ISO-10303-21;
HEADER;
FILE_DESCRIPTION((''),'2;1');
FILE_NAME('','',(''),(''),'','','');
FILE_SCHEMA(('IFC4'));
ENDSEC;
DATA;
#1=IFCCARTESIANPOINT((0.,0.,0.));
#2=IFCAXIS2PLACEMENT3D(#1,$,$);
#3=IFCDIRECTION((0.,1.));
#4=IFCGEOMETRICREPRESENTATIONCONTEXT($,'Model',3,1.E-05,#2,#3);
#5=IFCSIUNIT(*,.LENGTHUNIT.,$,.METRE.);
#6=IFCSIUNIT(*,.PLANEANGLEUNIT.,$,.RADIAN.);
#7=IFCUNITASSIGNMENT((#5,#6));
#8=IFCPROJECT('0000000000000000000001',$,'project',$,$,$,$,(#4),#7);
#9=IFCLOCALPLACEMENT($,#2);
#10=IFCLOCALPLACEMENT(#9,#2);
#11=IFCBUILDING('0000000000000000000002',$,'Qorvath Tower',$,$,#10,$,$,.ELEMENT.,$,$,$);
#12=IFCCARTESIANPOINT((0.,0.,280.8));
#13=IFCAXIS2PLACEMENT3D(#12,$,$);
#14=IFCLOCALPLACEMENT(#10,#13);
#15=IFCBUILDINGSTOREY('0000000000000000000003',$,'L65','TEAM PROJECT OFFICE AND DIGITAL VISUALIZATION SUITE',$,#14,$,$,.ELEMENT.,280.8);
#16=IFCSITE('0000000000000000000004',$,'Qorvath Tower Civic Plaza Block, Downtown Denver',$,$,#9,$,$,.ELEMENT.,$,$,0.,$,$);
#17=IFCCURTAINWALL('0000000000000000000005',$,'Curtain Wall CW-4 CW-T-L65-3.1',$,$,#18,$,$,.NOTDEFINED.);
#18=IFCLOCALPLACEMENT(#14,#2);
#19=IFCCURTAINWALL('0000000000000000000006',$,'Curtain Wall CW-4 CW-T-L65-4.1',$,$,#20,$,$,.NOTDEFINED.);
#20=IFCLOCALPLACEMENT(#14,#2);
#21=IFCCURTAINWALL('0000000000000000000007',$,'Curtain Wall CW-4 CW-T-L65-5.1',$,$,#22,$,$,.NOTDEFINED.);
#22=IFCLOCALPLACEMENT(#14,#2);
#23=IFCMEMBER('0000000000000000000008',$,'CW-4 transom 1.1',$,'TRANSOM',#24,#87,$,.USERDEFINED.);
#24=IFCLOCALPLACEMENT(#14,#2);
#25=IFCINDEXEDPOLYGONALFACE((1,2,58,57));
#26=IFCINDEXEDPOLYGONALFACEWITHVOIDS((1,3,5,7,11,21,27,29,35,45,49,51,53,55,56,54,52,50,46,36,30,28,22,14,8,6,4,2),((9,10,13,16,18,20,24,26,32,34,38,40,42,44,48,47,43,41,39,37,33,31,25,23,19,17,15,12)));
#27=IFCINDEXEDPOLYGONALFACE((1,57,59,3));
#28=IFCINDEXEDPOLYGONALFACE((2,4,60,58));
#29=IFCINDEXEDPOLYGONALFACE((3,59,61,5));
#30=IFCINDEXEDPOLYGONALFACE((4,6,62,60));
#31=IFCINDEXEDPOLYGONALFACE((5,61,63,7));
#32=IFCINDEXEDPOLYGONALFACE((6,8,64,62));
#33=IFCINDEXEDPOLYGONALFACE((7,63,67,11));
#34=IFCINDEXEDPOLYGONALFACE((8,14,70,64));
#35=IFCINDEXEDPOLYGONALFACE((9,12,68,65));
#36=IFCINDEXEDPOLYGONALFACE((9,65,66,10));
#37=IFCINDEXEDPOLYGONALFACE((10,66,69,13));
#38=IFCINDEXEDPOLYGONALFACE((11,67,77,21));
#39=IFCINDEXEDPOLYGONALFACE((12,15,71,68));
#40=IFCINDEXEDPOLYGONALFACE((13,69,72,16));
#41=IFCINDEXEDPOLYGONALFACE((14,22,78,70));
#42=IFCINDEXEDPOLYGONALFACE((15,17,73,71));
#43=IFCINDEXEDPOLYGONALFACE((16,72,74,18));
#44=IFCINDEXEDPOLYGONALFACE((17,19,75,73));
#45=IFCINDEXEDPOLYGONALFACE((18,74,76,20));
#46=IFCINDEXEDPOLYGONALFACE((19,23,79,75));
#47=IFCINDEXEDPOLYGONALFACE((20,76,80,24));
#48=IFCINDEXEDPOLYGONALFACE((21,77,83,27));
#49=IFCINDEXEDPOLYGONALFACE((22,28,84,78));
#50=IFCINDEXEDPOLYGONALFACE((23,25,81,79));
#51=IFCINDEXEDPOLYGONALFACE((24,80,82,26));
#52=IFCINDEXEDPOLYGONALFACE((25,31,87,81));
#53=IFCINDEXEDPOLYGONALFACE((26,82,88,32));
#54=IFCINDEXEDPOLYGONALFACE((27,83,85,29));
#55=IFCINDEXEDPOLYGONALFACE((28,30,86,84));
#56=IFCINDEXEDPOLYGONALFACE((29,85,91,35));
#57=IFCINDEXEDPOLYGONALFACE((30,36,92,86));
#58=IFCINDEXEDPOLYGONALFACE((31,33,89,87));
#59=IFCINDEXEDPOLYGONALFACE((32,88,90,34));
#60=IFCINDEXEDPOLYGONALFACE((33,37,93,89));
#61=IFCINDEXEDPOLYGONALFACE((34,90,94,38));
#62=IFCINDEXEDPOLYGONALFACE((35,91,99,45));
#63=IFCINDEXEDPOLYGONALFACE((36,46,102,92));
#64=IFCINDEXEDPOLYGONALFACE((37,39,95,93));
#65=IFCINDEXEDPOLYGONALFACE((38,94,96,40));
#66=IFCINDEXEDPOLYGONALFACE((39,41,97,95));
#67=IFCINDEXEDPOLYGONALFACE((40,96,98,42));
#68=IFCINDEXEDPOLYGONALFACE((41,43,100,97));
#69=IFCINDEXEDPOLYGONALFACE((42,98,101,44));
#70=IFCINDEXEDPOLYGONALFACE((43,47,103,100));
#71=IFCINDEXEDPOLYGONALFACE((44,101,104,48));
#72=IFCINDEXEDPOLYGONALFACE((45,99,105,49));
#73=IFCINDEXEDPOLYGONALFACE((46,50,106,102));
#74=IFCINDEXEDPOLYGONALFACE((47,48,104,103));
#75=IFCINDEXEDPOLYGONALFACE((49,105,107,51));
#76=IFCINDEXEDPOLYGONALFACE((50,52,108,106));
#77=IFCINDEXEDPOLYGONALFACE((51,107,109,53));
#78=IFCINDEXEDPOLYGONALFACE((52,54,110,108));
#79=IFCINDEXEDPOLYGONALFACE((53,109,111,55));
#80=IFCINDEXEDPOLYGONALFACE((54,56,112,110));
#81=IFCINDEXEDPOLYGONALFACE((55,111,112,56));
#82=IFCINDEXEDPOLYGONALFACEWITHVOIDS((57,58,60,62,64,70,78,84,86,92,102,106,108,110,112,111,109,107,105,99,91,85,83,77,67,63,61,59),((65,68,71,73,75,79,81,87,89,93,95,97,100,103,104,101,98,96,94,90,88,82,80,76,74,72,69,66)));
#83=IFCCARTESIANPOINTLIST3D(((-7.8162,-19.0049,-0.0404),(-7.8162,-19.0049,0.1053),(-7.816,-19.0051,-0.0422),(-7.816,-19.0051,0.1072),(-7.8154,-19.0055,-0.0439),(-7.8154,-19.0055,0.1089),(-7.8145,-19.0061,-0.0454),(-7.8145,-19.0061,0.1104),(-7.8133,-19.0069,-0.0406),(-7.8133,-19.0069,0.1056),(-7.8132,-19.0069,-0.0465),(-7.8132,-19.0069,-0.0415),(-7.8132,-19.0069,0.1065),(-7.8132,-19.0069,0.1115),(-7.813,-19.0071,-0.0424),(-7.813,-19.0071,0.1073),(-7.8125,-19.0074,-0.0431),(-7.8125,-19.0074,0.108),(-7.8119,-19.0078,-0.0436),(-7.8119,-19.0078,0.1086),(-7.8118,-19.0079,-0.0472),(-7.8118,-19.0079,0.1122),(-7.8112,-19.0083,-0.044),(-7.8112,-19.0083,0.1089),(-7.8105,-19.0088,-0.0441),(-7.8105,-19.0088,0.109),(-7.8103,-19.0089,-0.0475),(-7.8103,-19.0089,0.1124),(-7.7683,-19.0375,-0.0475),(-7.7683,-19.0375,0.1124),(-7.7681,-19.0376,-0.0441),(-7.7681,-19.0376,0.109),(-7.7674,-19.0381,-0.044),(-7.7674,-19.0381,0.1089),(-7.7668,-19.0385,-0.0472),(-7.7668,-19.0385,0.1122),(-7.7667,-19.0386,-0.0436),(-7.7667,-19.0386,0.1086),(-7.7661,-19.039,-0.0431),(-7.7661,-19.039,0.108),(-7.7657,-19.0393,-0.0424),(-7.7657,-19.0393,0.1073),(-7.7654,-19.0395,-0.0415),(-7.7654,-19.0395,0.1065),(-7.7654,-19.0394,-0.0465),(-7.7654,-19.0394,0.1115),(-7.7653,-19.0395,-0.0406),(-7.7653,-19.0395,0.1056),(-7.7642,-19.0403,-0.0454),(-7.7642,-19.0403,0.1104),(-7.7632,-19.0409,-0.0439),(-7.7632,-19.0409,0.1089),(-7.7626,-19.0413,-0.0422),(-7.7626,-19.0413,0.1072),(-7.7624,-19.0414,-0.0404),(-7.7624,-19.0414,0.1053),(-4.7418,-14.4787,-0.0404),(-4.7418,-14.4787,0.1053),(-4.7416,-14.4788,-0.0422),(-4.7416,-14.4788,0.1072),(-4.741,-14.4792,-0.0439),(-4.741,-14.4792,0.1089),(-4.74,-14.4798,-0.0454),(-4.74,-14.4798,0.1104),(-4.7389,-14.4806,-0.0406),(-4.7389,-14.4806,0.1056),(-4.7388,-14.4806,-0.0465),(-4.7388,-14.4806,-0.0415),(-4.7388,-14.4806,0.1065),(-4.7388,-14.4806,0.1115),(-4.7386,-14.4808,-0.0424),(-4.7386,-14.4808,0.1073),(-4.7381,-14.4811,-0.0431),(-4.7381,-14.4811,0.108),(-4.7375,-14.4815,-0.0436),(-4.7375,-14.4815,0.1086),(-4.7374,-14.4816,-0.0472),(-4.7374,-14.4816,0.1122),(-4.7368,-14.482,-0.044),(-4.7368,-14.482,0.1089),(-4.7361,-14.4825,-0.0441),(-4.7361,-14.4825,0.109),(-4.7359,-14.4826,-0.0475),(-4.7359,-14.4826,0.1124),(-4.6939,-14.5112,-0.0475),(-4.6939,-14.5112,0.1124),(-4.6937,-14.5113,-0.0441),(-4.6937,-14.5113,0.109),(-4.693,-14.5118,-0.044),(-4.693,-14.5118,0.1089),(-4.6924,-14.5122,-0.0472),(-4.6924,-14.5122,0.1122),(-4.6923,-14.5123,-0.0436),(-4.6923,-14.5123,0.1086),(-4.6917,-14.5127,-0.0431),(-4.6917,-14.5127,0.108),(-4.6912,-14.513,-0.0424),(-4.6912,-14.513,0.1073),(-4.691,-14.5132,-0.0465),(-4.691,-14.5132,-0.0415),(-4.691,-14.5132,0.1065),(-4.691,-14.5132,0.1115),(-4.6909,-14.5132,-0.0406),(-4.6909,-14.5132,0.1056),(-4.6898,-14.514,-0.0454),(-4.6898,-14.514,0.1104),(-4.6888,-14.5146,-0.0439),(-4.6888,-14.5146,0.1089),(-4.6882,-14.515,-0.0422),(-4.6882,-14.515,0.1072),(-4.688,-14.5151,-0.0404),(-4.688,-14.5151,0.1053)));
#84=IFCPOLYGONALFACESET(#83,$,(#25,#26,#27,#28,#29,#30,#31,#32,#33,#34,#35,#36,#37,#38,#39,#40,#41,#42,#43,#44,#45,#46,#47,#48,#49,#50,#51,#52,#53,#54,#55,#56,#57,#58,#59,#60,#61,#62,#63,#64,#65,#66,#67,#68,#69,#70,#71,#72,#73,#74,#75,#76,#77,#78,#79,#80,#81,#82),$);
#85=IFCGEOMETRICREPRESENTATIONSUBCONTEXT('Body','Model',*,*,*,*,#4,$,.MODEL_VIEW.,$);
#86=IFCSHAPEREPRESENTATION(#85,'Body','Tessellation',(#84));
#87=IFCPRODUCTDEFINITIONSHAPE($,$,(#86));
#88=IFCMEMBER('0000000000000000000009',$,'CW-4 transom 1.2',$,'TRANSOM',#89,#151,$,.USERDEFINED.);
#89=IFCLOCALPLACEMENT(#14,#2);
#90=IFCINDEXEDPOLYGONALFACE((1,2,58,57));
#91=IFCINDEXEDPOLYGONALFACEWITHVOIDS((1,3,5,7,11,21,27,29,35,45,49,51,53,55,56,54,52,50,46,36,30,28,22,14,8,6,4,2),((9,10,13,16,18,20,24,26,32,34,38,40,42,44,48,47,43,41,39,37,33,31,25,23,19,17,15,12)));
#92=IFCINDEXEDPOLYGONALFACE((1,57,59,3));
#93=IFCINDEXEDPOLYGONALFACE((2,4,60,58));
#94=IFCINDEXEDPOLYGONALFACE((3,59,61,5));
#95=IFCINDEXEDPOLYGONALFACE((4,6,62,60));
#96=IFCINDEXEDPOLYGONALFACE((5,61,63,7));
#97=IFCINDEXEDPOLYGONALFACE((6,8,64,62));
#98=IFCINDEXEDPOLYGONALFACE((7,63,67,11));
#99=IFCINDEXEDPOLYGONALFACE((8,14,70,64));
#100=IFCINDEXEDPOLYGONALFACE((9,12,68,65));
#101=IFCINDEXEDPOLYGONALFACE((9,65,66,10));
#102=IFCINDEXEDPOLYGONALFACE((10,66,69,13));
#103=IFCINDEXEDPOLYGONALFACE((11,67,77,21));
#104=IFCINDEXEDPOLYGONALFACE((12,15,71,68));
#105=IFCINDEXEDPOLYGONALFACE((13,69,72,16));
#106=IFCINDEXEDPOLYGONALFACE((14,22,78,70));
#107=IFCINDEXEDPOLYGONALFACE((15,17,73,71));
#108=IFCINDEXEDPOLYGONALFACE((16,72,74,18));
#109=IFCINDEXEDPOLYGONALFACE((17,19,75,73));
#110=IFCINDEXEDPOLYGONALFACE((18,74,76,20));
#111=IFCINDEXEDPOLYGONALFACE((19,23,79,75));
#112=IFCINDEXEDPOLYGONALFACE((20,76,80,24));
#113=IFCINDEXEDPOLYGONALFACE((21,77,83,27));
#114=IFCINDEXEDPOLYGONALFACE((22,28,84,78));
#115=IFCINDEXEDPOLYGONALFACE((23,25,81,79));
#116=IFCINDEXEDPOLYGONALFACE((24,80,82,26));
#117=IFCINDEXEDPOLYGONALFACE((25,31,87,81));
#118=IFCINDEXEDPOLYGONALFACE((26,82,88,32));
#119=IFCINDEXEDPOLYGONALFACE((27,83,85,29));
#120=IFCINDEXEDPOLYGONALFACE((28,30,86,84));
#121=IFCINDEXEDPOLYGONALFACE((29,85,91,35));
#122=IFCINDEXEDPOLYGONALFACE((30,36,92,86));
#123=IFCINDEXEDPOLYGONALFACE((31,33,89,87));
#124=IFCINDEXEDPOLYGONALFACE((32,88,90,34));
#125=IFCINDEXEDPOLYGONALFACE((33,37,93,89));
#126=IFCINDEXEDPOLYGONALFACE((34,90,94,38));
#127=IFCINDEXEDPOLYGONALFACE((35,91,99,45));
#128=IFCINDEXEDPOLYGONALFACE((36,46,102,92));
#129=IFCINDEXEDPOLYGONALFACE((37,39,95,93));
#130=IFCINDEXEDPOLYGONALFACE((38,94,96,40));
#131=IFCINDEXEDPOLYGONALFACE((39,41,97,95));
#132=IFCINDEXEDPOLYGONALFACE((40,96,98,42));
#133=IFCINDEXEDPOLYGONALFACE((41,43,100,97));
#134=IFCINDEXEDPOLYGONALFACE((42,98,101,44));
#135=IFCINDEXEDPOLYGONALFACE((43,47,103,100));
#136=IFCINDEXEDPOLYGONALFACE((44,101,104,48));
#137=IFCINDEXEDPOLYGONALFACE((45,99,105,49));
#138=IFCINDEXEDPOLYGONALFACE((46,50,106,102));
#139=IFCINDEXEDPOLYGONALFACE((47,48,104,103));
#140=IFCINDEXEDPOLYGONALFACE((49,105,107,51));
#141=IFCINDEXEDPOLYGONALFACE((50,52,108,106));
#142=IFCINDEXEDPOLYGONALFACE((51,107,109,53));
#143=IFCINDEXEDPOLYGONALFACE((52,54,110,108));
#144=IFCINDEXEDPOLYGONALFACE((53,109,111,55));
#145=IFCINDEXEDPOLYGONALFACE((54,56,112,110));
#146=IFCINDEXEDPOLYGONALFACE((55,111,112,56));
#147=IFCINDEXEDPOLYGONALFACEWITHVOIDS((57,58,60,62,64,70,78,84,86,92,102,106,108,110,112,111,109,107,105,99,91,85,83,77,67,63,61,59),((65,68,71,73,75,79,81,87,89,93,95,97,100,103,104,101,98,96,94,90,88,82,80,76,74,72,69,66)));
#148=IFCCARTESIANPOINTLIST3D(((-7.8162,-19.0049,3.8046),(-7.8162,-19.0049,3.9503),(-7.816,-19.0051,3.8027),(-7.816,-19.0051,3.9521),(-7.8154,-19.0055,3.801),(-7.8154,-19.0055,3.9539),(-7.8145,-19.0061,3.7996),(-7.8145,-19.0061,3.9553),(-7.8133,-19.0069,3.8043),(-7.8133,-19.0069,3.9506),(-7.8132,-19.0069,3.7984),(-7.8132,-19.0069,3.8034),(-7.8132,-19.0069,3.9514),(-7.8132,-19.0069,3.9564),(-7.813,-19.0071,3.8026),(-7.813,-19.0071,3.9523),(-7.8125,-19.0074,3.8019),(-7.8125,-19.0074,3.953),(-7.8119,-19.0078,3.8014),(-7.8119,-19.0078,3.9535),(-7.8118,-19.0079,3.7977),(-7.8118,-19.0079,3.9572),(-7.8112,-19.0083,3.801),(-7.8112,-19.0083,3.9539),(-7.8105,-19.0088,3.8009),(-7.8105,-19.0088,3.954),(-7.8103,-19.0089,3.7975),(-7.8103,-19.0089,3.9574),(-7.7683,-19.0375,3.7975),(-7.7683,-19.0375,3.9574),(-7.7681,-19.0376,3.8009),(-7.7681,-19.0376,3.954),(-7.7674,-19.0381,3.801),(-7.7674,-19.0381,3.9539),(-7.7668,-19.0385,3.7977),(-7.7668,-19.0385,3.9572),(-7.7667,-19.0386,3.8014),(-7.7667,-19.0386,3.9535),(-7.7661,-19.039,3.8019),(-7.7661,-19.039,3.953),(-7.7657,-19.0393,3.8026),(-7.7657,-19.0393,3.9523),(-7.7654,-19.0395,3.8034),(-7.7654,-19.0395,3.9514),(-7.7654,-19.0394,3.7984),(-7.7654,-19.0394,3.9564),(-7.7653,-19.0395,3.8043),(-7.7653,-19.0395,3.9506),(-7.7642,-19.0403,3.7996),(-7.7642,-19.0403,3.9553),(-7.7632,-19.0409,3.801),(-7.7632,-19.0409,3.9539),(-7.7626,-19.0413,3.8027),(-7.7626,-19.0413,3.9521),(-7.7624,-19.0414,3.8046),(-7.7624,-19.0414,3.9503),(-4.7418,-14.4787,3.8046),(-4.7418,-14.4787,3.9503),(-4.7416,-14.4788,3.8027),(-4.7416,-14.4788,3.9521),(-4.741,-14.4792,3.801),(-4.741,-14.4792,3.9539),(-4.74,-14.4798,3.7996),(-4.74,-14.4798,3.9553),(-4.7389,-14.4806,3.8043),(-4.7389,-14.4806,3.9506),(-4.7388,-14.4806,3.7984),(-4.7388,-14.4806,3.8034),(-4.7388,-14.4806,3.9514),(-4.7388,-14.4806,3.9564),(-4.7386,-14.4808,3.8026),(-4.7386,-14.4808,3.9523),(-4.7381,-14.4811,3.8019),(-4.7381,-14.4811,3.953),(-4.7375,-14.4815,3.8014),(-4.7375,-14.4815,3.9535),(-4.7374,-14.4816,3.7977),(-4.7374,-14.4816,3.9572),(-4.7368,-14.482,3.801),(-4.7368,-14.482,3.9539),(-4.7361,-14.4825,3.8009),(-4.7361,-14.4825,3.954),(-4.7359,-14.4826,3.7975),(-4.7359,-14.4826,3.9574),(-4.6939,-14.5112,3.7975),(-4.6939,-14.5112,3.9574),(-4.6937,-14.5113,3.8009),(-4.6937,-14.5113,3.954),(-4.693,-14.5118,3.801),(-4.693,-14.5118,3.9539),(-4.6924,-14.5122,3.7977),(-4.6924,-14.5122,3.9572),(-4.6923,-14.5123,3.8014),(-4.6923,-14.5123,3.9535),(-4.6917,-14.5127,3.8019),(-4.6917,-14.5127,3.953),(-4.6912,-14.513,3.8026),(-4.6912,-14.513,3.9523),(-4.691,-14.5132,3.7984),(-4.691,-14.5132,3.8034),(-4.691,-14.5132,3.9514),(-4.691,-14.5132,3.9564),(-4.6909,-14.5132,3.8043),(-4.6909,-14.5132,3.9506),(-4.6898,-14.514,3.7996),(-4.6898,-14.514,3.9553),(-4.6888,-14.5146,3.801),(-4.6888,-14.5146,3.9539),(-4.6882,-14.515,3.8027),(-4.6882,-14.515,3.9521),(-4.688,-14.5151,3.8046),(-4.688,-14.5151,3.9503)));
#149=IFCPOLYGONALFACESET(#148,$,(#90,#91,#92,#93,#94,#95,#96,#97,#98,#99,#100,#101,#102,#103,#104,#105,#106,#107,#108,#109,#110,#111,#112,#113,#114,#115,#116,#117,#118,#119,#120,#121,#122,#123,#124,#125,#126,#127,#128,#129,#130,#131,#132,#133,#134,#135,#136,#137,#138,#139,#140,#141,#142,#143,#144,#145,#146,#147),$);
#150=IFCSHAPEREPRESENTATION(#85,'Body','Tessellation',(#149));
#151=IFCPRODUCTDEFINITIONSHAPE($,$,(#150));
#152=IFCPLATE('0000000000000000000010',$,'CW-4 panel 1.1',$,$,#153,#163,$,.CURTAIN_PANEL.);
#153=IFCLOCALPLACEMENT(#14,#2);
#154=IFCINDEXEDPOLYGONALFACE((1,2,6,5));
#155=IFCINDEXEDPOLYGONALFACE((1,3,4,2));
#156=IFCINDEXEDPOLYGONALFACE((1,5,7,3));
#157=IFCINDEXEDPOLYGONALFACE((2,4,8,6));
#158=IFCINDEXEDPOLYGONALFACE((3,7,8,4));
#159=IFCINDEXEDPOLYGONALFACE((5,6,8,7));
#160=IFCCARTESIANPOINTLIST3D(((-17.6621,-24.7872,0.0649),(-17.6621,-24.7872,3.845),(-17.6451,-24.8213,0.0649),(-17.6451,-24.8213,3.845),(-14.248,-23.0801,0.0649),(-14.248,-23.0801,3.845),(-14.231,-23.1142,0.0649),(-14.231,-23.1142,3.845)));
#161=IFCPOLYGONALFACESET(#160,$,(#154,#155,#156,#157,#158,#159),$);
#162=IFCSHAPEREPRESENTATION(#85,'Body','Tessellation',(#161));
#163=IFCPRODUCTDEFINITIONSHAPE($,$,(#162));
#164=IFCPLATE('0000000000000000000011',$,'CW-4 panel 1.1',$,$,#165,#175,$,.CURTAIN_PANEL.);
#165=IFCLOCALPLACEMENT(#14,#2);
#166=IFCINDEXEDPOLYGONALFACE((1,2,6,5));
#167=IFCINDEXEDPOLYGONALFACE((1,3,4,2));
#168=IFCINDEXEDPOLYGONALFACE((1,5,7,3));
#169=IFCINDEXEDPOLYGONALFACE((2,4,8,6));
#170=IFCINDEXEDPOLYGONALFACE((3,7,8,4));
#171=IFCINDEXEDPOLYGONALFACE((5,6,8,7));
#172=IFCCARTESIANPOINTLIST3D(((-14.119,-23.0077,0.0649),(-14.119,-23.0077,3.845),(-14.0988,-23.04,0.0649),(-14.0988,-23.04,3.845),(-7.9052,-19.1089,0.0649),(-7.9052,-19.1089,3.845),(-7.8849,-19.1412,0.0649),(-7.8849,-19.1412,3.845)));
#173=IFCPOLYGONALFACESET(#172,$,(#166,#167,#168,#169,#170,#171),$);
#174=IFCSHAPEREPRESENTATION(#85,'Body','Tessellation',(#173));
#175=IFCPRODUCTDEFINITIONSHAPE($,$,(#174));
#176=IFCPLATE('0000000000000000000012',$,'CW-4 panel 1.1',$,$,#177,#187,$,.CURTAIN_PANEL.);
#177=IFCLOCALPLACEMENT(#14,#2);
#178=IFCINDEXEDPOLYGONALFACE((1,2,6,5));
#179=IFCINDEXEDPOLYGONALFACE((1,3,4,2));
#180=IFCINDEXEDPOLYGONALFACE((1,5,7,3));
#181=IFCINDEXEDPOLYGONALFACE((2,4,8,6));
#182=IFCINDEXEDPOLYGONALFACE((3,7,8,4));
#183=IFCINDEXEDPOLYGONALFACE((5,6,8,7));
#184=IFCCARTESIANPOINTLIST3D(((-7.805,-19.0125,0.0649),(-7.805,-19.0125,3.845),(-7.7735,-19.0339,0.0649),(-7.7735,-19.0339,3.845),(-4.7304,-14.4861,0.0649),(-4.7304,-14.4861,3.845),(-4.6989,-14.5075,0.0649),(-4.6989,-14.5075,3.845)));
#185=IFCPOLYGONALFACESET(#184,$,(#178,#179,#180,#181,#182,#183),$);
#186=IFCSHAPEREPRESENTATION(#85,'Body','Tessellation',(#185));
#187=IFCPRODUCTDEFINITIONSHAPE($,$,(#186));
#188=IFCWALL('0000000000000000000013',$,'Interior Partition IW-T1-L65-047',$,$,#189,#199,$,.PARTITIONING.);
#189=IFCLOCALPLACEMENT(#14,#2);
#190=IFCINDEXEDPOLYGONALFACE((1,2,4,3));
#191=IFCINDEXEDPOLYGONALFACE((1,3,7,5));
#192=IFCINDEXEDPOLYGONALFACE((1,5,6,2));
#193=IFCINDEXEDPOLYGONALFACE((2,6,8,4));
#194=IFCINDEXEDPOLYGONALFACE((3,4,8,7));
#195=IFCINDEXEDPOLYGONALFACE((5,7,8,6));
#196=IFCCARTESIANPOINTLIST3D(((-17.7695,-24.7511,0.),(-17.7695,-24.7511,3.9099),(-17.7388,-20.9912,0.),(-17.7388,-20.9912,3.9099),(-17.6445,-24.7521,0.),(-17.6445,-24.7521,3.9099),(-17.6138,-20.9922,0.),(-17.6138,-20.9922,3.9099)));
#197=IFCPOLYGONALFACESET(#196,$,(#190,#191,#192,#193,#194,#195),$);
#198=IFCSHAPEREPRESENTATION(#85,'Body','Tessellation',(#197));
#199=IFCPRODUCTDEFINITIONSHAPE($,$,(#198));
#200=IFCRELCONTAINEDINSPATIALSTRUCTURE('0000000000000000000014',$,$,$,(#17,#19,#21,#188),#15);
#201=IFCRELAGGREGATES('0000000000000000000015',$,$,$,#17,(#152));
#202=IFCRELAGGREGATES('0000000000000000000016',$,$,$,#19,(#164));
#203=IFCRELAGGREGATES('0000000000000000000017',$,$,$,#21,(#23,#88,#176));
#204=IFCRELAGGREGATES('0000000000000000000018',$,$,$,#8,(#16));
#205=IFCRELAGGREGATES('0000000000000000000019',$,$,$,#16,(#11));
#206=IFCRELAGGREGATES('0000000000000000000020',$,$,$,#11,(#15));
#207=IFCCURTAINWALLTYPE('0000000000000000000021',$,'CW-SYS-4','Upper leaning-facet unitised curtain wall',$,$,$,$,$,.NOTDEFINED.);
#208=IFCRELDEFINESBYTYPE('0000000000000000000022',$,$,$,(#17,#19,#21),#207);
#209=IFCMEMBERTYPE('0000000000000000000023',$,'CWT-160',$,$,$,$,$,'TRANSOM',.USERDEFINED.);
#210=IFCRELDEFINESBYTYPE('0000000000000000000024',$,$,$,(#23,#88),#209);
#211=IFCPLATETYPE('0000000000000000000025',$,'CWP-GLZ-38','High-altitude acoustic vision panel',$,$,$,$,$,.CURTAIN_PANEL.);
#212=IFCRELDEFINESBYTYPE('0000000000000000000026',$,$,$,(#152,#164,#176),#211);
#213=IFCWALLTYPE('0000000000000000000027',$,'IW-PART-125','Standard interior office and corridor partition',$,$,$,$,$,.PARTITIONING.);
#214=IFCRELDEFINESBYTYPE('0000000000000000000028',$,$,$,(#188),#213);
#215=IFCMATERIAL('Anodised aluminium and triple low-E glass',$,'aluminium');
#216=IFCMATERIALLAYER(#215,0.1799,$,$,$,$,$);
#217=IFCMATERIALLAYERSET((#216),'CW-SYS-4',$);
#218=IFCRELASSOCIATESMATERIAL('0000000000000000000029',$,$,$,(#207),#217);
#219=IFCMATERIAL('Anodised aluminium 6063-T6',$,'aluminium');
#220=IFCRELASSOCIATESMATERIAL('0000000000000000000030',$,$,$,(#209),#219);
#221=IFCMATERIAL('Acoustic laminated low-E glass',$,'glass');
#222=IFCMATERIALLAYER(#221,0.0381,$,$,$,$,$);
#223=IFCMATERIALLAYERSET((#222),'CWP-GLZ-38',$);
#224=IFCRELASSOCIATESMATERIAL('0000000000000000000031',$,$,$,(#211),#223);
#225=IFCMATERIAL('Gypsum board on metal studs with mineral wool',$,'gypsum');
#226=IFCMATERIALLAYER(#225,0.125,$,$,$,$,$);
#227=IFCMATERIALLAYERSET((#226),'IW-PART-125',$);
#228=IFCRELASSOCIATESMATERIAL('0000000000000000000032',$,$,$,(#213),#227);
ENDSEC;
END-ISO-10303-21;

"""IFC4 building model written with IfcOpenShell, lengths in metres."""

from ifc_helpers import new_model, si_unit, direction, frame, frame_2d, origin, origin_2d, place, context, subcontext, project, spatial, rectangle, hollow_rectangle, extrude, material, layer, layer_set, material_profile, profile_set, type_object, element, aggregate, save


model = new_model("IFC4")

# Units and contexts
model_context = context("Model", 3, precision=1e-05, world=origin(), true_north=direction((0.0, 1.0)))
body_context = subcontext(model_context, "Body", "Model", "MODEL_VIEW")
ifc_project = project(units=[si_unit("LENGTHUNIT", "METRE"), si_unit("PLANEANGLEUNIT", "RADIAN")], contexts=[model_context])

# Site, building, storey
site_placement = place(None, origin())
site = spatial("IfcSite", under=ifc_project, at=site_placement, Name="Qorvath Tower Civic Plaza Block, Downtown Denver", CompositionType="ELEMENT", RefElevation=0.0)
building_placement = place(site_placement, origin())
building = spatial("IfcBuilding", under=site, at=building_placement, Name="Qorvath Tower", CompositionType="ELEMENT")
storey_placement = place(building_placement, frame((0.0, 0.0, 280.8)))
storey = spatial("IfcBuildingStorey", under=building, at=storey_placement, Name="L65", Description="TEAM PROJECT OFFICE AND DIGITAL VISUALIZATION SUITE", CompositionType="ELEMENT", Elevation=280.8)

# Shared definitions
ifc_material_1 = material(Name="Anodised aluminium and triple low-E glass", Category="aluminium")
ifc_layer_1 = layer(ifc_material_1, 0.1799)
ifc_layer_set_1 = layer_set([ifc_layer_1], Name="CW-SYS-4")
curtain_wall_type = type_object("IfcCurtainWallType", Name="CW-SYS-4", Description="Upper leaning-facet unitised curtain wall", PredefinedType="NOTDEFINED", material=ifc_layer_set_1)

# Curtain walls
curtain_wall_1_placement = place(storey_placement, origin())
curtain_wall_1 = element("IfcCurtainWall", 1, at=curtain_wall_1_placement, inside=storey, type_object=curtain_wall_type, Name="Curtain Wall CW-4 CW-T-L65-3.1", PredefinedType="NOTDEFINED")
curtain_wall_2_placement = place(storey_placement, origin())
curtain_wall_2 = element("IfcCurtainWall", 2, at=curtain_wall_2_placement, inside=storey, type_object=curtain_wall_type, Name="Curtain Wall CW-4 CW-T-L65-4.1", PredefinedType="NOTDEFINED")

# Curtain wall
curtain_wall_3_placement = place(storey_placement, origin())
curtain_wall_3 = element("IfcCurtainWall", 3, at=curtain_wall_3_placement, inside=storey, type_object=curtain_wall_type, Name="Curtain Wall CW-4 CW-T-L65-5.1", PredefinedType="NOTDEFINED")

# Members
ifc_material_2 = material(Name="Anodised aluminium 6063-T6", Category="aluminium")
ifc_material_profile_1 = material_profile(ifc_material_2, hollow_rectangle(XDim=0.0649, YDim=0.1599, WallThickness=0.0034, InnerFilletRadius=0.0034, OuterFilletRadius=0.0071, at=origin_2d()), Name="CWT 160x65")
ifc_profile_set_1 = profile_set([ifc_material_profile_1], Name="Anodised aluminium 6063-T6")
member_type_1 = type_object("IfcMemberType", Name="CWT-160", ElementType="TRANSOM", PredefinedType="USERDEFINED", material=ifc_profile_set_1)
member_1_placement = place(storey_placement, frame((-7.7893, -19.0232, 0.0325), z_axis=(0.561877, 0.827221, 0.0), x_axis=(-0.827221, 0.561877, 0.0)))
member_1 = element("IfcMember", 4, at=member_1_placement, type_object=member_type_1, Name="CW-4 transom 1.1", ObjectType="TRANSOM", PredefinedType="USERDEFINED", context=body_context, shape_type="SweptSolid", body=[
    extrude(hollow_rectangle(XDim=0.0649, YDim=0.1599, WallThickness=0.0034, InnerFilletRadius=0.0034, OuterFilletRadius=0.0071, at=origin_2d()), origin(), (0.0, 0.0, 1.0), 5.4717),
])
member_2_placement = place(storey_placement, frame((-7.7893, -19.0232, 3.8774), z_axis=(0.561877, 0.827221, 0.0), x_axis=(-0.827221, 0.561877, 0.0)))
member_2 = element("IfcMember", 5, at=member_2_placement, type_object=member_type_1, Name="CW-4 transom 1.2", ObjectType="TRANSOM", PredefinedType="USERDEFINED", context=body_context, shape_type="SweptSolid", body=[
    extrude(hollow_rectangle(XDim=0.0649, YDim=0.1599, WallThickness=0.0034, InnerFilletRadius=0.0034, OuterFilletRadius=0.0071, at=origin_2d()), origin(), (0.0, 0.0, 1.0), 5.4717),
])

# Plates
ifc_material_3 = material(Name="Acoustic laminated low-E glass", Category="glass")
ifc_layer_2 = layer(ifc_material_3, 0.0381)
ifc_layer_set_2 = layer_set([ifc_layer_2], Name="CWP-GLZ-38")
plate_type = type_object("IfcPlateType", Name="CWP-GLZ-38", Description="High-altitude acoustic vision panel", PredefinedType="CURTAIN_PANEL", material=ifc_layer_set_2)
plate_1_placement = place(storey_placement, frame((-15.9465, -23.9507, 0.0649), z_axis=(0.0, 0.0, 1.0), x_axis=(0.894422, 0.447224, 0.0)))
plate_1 = element("IfcPlate", 6, at=plate_1_placement, type_object=plate_type, Name="CW-4 panel 1.1", PredefinedType="CURTAIN_PANEL", context=body_context, shape_type="SweptSolid", body=[
    extrude(rectangle(XDim=3.8171, YDim=0.0381, at=origin_2d()), origin(), (0.0, 0.0, 1.0), 3.78),
])
aggregate(curtain_wall_1, [plate_1])
plate_2_placement = place(storey_placement, frame((-11.002, -21.0745, 0.0649), z_axis=(0.0, 0.0, 1.0), x_axis=(0.84707, 0.531481, 0.0)))
plate_2 = element("IfcPlate", 7, at=plate_2_placement, type_object=plate_type, Name="CW-4 panel 1.1", PredefinedType="CURTAIN_PANEL", context=body_context, shape_type="SweptSolid", body=[
    extrude(rectangle(XDim=7.3357, YDim=0.0381, at=origin_2d()), origin(), (0.0, 0.0, 1.0), 3.78),
])
aggregate(curtain_wall_2, [plate_2])
plate_3_placement = place(storey_placement, frame((-6.252, -16.76, 0.0649), z_axis=(0.0, 0.0, 1.0), x_axis=(0.5619, 0.827205, 0.0)))
plate_3 = element("IfcPlate", 8, at=plate_3_placement, type_object=plate_type, Name="CW-4 panel 1.1", PredefinedType="CURTAIN_PANEL", context=body_context, shape_type="SweptSolid", body=[
    extrude(rectangle(XDim=5.4719, YDim=0.0381, at=origin_2d()), origin(), (0.0, 0.0, 1.0), 3.78),
])
aggregate(curtain_wall_3, [member_1, member_2, plate_3])

# Wall
ifc_material_4 = material(Name="Gypsum board on metal studs with mineral wool", Category="gypsum")
ifc_layer_3 = layer(ifc_material_4, 0.125)
ifc_layer_set_3 = layer_set([ifc_layer_3], Name="IW-PART-125")
wall_type = type_object("IfcWallType", Name="IW-PART-125", Description="Standard interior office and corridor partition", PredefinedType="PARTITIONING", material=ifc_layer_set_3)
wall_1_placement = place(storey_placement, frame((-17.707, -24.7515, 0.0), z_axis=(0.0, 0.0, 1.0), x_axis=(0.008182, 0.999967, 0.0)))
element("IfcWall", 9, at=wall_1_placement, inside=storey, type_object=wall_type, Name="Interior Partition IW-T1-L65-047", PredefinedType="PARTITIONING", context=body_context, shape_type="SweptSolid", body=[
    extrude(rectangle(XDim=3.76, YDim=0.125, at=frame_2d((1.8799, 0.0))), origin(), (0.0, 0.0, 1.0), 3.9099),
])

save(model, "model.ifc")
